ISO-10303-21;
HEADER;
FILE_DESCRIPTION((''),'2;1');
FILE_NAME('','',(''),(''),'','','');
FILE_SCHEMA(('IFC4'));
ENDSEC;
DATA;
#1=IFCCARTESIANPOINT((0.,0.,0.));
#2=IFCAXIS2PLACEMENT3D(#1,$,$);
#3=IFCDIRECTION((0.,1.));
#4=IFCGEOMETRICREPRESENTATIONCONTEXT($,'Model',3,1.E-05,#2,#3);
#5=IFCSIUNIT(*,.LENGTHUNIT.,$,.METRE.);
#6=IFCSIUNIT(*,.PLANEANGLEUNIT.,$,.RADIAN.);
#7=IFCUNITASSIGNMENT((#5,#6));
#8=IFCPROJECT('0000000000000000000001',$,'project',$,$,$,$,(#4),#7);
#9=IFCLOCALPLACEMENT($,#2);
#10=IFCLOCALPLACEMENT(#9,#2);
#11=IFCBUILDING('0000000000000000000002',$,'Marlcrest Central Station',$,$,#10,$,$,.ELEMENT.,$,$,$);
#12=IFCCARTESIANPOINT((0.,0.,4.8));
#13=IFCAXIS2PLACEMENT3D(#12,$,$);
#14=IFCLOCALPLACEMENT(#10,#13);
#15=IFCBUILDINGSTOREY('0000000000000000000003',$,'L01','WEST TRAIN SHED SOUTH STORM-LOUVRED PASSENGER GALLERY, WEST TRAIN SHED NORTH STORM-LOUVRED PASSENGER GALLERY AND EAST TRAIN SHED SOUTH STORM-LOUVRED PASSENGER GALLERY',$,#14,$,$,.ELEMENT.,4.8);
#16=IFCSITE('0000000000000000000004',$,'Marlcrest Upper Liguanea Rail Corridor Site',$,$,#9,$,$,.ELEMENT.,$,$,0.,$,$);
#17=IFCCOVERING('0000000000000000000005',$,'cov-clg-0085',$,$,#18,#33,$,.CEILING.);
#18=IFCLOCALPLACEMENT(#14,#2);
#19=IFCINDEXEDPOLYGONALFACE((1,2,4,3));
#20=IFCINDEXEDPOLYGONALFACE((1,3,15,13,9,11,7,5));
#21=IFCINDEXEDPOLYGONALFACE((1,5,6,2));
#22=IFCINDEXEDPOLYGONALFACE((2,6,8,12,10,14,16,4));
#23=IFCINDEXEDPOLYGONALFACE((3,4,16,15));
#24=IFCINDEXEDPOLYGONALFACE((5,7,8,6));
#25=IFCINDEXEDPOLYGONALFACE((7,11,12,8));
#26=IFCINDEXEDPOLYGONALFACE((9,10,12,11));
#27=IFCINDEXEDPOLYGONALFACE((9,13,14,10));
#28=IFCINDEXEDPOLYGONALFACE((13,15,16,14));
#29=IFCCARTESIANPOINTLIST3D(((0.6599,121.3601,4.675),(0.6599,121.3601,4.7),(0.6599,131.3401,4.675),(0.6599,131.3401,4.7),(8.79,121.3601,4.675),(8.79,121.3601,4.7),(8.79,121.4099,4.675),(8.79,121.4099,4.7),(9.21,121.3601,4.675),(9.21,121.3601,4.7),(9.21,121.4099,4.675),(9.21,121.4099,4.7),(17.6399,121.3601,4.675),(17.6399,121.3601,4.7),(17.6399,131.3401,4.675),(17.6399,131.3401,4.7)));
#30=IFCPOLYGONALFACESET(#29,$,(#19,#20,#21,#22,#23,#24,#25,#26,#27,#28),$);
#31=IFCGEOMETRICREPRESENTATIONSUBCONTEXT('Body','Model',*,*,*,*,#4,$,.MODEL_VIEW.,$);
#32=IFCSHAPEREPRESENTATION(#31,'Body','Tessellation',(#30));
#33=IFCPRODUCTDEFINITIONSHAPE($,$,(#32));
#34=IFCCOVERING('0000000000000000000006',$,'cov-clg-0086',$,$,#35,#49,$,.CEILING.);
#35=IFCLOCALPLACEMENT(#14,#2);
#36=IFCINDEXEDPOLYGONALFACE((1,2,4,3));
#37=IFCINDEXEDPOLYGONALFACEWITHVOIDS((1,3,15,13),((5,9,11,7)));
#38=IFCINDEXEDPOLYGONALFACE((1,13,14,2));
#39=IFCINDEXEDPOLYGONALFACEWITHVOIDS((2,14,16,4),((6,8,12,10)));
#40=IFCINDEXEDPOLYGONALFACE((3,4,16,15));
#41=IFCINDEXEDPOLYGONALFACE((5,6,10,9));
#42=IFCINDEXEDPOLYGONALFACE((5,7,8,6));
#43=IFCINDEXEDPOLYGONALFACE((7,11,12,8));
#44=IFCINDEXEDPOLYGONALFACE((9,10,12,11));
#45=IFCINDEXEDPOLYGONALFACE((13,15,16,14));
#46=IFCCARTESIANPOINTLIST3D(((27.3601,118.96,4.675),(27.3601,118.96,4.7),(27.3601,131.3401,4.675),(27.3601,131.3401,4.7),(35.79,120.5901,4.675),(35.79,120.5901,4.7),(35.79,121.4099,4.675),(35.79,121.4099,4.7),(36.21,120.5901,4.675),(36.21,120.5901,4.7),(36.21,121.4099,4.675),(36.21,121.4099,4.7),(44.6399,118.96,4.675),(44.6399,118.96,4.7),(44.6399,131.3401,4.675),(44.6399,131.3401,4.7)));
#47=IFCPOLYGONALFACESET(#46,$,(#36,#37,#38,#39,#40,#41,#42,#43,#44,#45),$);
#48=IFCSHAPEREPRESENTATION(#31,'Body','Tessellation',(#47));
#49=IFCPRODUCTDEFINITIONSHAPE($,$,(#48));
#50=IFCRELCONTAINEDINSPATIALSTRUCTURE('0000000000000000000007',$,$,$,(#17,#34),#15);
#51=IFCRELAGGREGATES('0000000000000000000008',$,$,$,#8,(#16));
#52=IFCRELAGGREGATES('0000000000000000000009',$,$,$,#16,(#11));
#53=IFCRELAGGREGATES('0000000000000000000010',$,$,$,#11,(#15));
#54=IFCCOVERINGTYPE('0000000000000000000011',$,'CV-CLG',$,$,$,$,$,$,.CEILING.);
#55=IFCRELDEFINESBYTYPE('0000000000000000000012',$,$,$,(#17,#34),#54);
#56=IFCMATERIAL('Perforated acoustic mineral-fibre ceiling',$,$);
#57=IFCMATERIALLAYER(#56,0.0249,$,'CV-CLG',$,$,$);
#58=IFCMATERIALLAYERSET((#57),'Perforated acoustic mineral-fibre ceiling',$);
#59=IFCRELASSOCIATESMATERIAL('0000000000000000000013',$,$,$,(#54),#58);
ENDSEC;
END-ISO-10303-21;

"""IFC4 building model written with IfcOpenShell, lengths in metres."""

from ifc_helpers import new_model, si_unit, direction, frame, origin, place, context, subcontext, project, spatial, polyline, outline, extrude, material, layer, layer_set, type_object, element, save


model = new_model("IFC4")

# Units and contexts
model_context = context("Model", 3, precision=1e-05, world=origin(), true_north=direction((0.0, 1.0)))
body_context = subcontext(model_context, "Body", "Model", "MODEL_VIEW")
ifc_project = project(units=[si_unit("LENGTHUNIT", "METRE"), si_unit("PLANEANGLEUNIT", "RADIAN")], contexts=[model_context])

# Site, building, storey
site_placement = place(None, origin())
site = spatial("IfcSite", under=ifc_project, at=site_placement, Name="Marlcrest Upper Liguanea Rail Corridor Site", CompositionType="ELEMENT", RefElevation=0.0)
building_placement = place(site_placement, origin())
building = spatial("IfcBuilding", under=site, at=building_placement, Name="Marlcrest Central Station", CompositionType="ELEMENT")
storey_placement = place(building_placement, frame((0.0, 0.0, 4.8)))
storey = spatial("IfcBuildingStorey", under=building, at=storey_placement, Name="L01", Description="WEST TRAIN SHED SOUTH STORM-LOUVRED PASSENGER GALLERY, WEST TRAIN SHED NORTH STORM-LOUVRED PASSENGER GALLERY AND EAST TRAIN SHED SOUTH STORM-LOUVRED PASSENGER GALLERY", CompositionType="ELEMENT", Elevation=4.8)

# Coverings
ifc_material_1 = material(Name="Perforated acoustic mineral-fibre ceiling")
ifc_layer_1 = layer(ifc_material_1, 0.0249, Name="CV-CLG")
ifc_layer_set_1 = layer_set([ifc_layer_1], Name="Perforated acoustic mineral-fibre ceiling")
covering_type = type_object("IfcCoveringType", Name="CV-CLG", PredefinedType="CEILING", material=ifc_layer_set_1)
covering_1_placement = place(storey_placement, frame((0.0, 0.0, 4.675)))
element("IfcCovering", 1, at=covering_1_placement, inside=storey, type_object=covering_type, Name="cov-clg-0085", PredefinedType="CEILING", context=body_context, shape_type="SweptSolid", body=[
    extrude(outline(polyline([(0.6599, 121.3601), (0.6599, 131.3401), (17.6399, 131.3401), (17.6399, 121.3601), (9.21, 121.3601), (9.21, 121.4099), (8.79, 121.4099), (8.79, 121.3601), (0.6599, 121.3601)])), origin(), (0.0, 0.0, 1.0), 0.0249),
])
covering_2_placement = place(storey_placement, frame((0.0, 0.0, 4.675)))
element("IfcCovering", 2, at=covering_2_placement, inside=storey, type_object=covering_type, Name="cov-clg-0086", PredefinedType="CEILING", context=body_context, shape_type="SweptSolid", body=[
    extrude(outline(polyline([(27.3601, 118.96), (27.3601, 131.3401), (44.6399, 131.3401), (44.6399, 118.96), (27.3601, 118.96)]), holes=[polyline([(36.21, 121.4099), (35.79, 121.4099), (35.79, 120.5901), (36.21, 120.5901), (36.21, 121.4099)])]), origin(), (0.0, 0.0, 1.0), 0.0249),
])

save(model, "model.ifc")
